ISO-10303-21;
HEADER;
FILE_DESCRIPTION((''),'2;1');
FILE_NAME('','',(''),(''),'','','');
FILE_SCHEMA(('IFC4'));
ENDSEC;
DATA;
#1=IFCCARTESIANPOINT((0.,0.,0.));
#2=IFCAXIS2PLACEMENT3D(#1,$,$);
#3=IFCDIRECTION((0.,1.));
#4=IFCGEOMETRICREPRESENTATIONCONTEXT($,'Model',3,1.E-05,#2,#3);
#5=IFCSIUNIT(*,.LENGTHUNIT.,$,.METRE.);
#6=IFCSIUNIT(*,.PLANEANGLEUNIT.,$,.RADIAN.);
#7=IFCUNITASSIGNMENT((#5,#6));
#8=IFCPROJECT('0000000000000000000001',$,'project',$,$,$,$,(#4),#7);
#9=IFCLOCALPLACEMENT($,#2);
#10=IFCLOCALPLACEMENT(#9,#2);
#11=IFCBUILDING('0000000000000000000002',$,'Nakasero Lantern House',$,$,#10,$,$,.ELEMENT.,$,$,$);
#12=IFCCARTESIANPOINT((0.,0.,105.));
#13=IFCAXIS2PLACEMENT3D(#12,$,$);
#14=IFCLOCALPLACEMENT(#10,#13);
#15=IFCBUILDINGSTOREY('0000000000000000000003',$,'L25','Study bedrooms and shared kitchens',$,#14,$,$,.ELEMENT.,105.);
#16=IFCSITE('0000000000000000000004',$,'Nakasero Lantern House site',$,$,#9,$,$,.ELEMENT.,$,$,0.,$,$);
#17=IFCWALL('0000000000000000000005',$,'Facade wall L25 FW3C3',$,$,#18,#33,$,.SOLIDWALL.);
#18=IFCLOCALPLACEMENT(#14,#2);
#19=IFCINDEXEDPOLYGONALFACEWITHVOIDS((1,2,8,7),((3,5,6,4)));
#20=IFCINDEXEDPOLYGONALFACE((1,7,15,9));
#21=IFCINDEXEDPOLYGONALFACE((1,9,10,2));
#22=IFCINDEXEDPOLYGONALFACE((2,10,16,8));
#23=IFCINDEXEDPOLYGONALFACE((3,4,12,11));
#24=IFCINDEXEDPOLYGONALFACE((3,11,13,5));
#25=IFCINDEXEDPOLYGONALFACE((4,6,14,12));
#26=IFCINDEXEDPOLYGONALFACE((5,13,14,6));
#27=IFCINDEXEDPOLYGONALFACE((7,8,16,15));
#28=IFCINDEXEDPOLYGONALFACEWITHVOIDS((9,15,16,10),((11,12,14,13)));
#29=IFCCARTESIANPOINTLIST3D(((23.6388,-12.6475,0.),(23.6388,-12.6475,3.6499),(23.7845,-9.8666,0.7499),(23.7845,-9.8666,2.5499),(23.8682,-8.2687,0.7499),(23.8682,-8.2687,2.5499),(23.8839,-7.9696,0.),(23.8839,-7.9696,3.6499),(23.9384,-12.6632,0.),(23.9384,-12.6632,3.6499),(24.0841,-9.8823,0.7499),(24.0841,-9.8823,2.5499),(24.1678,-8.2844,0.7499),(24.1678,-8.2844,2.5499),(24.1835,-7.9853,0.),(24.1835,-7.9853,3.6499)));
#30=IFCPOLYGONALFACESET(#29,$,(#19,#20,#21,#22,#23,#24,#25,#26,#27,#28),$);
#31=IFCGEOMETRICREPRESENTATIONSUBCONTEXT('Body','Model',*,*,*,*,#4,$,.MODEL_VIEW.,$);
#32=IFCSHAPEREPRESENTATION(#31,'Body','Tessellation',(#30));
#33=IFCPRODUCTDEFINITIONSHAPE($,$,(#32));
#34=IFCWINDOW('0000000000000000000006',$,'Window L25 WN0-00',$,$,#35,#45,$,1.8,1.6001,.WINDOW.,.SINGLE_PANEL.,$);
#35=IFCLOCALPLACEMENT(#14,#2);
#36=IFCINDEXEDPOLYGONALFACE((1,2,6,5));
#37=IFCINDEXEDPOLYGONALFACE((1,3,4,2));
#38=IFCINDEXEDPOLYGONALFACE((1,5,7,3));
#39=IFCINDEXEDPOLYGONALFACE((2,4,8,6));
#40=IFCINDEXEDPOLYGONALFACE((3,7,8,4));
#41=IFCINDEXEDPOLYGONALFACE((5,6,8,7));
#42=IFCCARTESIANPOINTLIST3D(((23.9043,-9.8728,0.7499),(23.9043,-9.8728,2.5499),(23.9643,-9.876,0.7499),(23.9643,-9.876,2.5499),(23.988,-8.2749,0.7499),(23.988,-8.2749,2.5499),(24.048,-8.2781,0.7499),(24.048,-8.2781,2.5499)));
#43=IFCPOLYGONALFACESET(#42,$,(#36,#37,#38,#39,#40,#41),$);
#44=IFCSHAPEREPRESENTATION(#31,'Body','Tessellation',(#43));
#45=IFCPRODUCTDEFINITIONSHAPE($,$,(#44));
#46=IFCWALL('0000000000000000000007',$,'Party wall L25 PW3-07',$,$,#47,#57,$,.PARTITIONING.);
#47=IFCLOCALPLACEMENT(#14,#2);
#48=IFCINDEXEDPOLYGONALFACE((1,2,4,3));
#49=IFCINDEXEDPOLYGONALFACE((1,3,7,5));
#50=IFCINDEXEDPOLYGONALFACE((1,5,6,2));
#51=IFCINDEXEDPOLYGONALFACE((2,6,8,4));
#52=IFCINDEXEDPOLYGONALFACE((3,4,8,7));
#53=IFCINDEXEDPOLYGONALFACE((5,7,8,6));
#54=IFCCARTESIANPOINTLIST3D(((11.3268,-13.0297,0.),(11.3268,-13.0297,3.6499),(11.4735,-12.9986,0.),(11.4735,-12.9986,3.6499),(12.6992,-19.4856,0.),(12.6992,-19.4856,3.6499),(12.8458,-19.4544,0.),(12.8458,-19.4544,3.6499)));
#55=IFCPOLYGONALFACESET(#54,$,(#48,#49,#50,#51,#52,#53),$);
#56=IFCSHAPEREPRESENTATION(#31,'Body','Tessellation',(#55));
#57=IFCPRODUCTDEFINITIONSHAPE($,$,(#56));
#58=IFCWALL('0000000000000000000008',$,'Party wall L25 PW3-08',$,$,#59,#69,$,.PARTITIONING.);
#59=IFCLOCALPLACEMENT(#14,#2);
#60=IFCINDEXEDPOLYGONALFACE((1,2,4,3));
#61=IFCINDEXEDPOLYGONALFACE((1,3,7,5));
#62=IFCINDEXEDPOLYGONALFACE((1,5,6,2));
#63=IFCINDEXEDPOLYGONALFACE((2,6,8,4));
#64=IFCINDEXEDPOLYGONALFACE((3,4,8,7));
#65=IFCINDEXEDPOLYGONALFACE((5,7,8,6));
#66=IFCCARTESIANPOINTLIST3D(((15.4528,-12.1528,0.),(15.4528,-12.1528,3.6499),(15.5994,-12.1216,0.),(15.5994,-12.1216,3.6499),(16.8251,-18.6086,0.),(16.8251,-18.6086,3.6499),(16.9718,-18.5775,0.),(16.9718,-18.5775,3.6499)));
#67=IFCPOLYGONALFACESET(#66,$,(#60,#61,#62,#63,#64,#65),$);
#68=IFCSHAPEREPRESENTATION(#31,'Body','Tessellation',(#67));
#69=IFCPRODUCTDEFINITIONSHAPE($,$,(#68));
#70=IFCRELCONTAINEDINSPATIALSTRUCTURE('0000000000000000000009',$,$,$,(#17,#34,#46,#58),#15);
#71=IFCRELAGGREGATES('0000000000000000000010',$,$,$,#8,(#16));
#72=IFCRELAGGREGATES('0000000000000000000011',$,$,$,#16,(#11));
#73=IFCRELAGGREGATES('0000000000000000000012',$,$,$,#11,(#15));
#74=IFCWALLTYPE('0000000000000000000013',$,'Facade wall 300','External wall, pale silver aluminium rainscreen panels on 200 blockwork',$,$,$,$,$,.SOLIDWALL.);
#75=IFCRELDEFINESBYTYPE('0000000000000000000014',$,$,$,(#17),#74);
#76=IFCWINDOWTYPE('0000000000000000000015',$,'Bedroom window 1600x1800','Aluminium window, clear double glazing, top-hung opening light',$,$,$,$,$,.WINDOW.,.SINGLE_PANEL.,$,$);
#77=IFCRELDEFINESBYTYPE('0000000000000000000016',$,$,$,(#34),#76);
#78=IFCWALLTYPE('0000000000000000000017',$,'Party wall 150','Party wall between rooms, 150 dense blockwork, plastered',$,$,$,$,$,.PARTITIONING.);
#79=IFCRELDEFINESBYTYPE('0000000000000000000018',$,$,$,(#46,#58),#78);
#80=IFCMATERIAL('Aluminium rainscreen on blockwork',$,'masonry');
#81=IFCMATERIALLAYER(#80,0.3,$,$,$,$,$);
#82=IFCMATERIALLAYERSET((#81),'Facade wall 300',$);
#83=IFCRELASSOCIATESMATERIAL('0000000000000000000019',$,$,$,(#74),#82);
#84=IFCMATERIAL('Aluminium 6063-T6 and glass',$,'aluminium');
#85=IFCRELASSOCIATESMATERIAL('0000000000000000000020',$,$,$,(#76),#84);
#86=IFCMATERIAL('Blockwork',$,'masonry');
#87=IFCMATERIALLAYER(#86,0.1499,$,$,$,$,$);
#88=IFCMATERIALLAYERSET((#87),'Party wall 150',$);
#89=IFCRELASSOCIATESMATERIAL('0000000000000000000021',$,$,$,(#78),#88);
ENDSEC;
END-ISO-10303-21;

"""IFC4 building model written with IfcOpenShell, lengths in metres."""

from ifc_helpers import new_model, si_unit, direction, frame, frame_2d, origin, place, context, subcontext, project, spatial, rectangle, extrude, material, layer, layer_set, type_object, element, fill, save


model = new_model("IFC4")

# Units and contexts
model_context = context("Model", 3, precision=1e-05, world=origin(), true_north=direction((0.0, 1.0)))
body_context = subcontext(model_context, "Body", "Model", "MODEL_VIEW")
ifc_project = project(units=[si_unit("LENGTHUNIT", "METRE"), si_unit("PLANEANGLEUNIT", "RADIAN")], contexts=[model_context])

# Site, building, storey
site_placement = place(None, origin())
site = spatial("IfcSite", under=ifc_project, at=site_placement, Name="Nakasero Lantern House site", CompositionType="ELEMENT", RefElevation=0.0)
building_placement = place(site_placement, origin())
building = spatial("IfcBuilding", under=site, at=building_placement, Name="Nakasero Lantern House", CompositionType="ELEMENT")
storey_placement = place(building_placement, frame((0.0, 0.0, 105.0)))
storey = spatial("IfcBuildingStorey", under=building, at=storey_placement, Name="L25", Description="Study bedrooms and shared kitchens", CompositionType="ELEMENT", Elevation=105.0)

# Shared definitions
ifc_material_1 = material(Name="Aluminium rainscreen on blockwork", Category="masonry")
ifc_layer_1 = layer(ifc_material_1, 0.3)
ifc_layer_set_1 = layer_set([ifc_layer_1], Name="Facade wall 300")
wall_type_1 = type_object("IfcWallType", Name="Facade wall 300", Description="External wall, pale silver aluminium rainscreen panels on 200 blockwork", PredefinedType="SOLIDWALL", material=ifc_layer_set_1)

# Wall, opening, window
wall_1_placement = place(storey_placement, frame((23.7886, -12.6555, 0.0), z_axis=(0.0, 0.0, 1.0), x_axis=(0.052326, 0.99863, 0.0)))
wall_1 = element("IfcWall", 1, at=wall_1_placement, inside=storey, type_object=wall_type_1, Name="Facade wall L25 FW3C3", PredefinedType="SOLIDWALL", context=body_context, shape_type="SweptSolid", body=[
    extrude(rectangle(XDim=4.6843, YDim=0.3, at=frame_2d((2.3423, 0.0))), origin(), (0.0, 0.0, 1.0), 3.6499),
])
opening_1_placement = place(wall_1_placement, frame((2.7849, 0.0, 0.75)))
opening_1 = element("IfcOpeningElement", 2, at=opening_1_placement, cuts=wall_1, PredefinedType="OPENING", context=body_context, shape_type="SweptSolid", body=[
    extrude(rectangle(XDim=1.6001, YDim=1.8, at=frame_2d((0.8, 0.8999))), frame((0.0, 0.1699, 0.0), z_axis=(0.0, -1.0, 0.0), x_axis=(1.0, 0.0, 0.0)), (0.0, 0.0, 1.0), 0.3401),
])
ifc_material_2 = material(Name="Aluminium 6063-T6 and glass", Category="aluminium")
window_type_1 = type_object("IfcWindowType", Name="Bedroom window 1600x1800", Description="Aluminium window, clear double glazing, top-hung opening light", PartitioningType="SINGLE_PANEL", PredefinedType="WINDOW", material=ifc_material_2)
window_1_placement = place(opening_1_placement, origin())
window_1 = element("IfcWindow", 3, at=window_1_placement, inside=storey, type_object=window_type_1, Name="Window L25 WN0-00", OverallHeight=1.8, OverallWidth=1.6001, PartitioningType="SINGLE_PANEL", PredefinedType="WINDOW", context=body_context, shape_type="SweptSolid", body=[
    extrude(rectangle(XDim=1.6001, YDim=1.8, at=frame_2d((0.8, 0.8999))), frame((0.0, 0.03, 0.0), z_axis=(0.0, -1.0, 0.0), x_axis=(1.0, 0.0, 0.0)), (0.0, 0.0, 1.0), 0.0601),
])
fill(opening_1, window_1)

# Walls
ifc_material_3 = material(Name="Blockwork", Category="masonry")
ifc_layer_2 = layer(ifc_material_3, 0.1499)
ifc_layer_set_2 = layer_set([ifc_layer_2], Name="Party wall 150")
wall_type_2 = type_object("IfcWallType", Name="Party wall 150", Description="Party wall between rooms, 150 dense blockwork, plastered", PredefinedType="PARTITIONING", material=ifc_layer_set_2)
for number, where, z_axis, x_axis, name in (
    (4, (11.4001, -13.0142, 0.0), (0.0, 0.0, 1.0), (0.207925, -0.978145, 0.0), "Party wall L25 PW3-07"),
    (5, (15.5261, -12.1372, 0.0), (0.0, 0.0, 1.0), (0.207925, -0.978145, 0.0), "Party wall L25 PW3-08"),
):
    element("IfcWall", number, at=place(storey_placement, frame(where, z_axis=z_axis, x_axis=x_axis)), inside=storey, type_object=wall_type_2, Name=name, PredefinedType="PARTITIONING", context=body_context, shape_type="SweptSolid", body=[
        extrude(rectangle(XDim=6.6001, YDim=0.1499, at=frame_2d((3.3, 0.0))), origin(), (0.0, 0.0, 1.0), 3.6499),
    ])

save(model, "model.ifc")
